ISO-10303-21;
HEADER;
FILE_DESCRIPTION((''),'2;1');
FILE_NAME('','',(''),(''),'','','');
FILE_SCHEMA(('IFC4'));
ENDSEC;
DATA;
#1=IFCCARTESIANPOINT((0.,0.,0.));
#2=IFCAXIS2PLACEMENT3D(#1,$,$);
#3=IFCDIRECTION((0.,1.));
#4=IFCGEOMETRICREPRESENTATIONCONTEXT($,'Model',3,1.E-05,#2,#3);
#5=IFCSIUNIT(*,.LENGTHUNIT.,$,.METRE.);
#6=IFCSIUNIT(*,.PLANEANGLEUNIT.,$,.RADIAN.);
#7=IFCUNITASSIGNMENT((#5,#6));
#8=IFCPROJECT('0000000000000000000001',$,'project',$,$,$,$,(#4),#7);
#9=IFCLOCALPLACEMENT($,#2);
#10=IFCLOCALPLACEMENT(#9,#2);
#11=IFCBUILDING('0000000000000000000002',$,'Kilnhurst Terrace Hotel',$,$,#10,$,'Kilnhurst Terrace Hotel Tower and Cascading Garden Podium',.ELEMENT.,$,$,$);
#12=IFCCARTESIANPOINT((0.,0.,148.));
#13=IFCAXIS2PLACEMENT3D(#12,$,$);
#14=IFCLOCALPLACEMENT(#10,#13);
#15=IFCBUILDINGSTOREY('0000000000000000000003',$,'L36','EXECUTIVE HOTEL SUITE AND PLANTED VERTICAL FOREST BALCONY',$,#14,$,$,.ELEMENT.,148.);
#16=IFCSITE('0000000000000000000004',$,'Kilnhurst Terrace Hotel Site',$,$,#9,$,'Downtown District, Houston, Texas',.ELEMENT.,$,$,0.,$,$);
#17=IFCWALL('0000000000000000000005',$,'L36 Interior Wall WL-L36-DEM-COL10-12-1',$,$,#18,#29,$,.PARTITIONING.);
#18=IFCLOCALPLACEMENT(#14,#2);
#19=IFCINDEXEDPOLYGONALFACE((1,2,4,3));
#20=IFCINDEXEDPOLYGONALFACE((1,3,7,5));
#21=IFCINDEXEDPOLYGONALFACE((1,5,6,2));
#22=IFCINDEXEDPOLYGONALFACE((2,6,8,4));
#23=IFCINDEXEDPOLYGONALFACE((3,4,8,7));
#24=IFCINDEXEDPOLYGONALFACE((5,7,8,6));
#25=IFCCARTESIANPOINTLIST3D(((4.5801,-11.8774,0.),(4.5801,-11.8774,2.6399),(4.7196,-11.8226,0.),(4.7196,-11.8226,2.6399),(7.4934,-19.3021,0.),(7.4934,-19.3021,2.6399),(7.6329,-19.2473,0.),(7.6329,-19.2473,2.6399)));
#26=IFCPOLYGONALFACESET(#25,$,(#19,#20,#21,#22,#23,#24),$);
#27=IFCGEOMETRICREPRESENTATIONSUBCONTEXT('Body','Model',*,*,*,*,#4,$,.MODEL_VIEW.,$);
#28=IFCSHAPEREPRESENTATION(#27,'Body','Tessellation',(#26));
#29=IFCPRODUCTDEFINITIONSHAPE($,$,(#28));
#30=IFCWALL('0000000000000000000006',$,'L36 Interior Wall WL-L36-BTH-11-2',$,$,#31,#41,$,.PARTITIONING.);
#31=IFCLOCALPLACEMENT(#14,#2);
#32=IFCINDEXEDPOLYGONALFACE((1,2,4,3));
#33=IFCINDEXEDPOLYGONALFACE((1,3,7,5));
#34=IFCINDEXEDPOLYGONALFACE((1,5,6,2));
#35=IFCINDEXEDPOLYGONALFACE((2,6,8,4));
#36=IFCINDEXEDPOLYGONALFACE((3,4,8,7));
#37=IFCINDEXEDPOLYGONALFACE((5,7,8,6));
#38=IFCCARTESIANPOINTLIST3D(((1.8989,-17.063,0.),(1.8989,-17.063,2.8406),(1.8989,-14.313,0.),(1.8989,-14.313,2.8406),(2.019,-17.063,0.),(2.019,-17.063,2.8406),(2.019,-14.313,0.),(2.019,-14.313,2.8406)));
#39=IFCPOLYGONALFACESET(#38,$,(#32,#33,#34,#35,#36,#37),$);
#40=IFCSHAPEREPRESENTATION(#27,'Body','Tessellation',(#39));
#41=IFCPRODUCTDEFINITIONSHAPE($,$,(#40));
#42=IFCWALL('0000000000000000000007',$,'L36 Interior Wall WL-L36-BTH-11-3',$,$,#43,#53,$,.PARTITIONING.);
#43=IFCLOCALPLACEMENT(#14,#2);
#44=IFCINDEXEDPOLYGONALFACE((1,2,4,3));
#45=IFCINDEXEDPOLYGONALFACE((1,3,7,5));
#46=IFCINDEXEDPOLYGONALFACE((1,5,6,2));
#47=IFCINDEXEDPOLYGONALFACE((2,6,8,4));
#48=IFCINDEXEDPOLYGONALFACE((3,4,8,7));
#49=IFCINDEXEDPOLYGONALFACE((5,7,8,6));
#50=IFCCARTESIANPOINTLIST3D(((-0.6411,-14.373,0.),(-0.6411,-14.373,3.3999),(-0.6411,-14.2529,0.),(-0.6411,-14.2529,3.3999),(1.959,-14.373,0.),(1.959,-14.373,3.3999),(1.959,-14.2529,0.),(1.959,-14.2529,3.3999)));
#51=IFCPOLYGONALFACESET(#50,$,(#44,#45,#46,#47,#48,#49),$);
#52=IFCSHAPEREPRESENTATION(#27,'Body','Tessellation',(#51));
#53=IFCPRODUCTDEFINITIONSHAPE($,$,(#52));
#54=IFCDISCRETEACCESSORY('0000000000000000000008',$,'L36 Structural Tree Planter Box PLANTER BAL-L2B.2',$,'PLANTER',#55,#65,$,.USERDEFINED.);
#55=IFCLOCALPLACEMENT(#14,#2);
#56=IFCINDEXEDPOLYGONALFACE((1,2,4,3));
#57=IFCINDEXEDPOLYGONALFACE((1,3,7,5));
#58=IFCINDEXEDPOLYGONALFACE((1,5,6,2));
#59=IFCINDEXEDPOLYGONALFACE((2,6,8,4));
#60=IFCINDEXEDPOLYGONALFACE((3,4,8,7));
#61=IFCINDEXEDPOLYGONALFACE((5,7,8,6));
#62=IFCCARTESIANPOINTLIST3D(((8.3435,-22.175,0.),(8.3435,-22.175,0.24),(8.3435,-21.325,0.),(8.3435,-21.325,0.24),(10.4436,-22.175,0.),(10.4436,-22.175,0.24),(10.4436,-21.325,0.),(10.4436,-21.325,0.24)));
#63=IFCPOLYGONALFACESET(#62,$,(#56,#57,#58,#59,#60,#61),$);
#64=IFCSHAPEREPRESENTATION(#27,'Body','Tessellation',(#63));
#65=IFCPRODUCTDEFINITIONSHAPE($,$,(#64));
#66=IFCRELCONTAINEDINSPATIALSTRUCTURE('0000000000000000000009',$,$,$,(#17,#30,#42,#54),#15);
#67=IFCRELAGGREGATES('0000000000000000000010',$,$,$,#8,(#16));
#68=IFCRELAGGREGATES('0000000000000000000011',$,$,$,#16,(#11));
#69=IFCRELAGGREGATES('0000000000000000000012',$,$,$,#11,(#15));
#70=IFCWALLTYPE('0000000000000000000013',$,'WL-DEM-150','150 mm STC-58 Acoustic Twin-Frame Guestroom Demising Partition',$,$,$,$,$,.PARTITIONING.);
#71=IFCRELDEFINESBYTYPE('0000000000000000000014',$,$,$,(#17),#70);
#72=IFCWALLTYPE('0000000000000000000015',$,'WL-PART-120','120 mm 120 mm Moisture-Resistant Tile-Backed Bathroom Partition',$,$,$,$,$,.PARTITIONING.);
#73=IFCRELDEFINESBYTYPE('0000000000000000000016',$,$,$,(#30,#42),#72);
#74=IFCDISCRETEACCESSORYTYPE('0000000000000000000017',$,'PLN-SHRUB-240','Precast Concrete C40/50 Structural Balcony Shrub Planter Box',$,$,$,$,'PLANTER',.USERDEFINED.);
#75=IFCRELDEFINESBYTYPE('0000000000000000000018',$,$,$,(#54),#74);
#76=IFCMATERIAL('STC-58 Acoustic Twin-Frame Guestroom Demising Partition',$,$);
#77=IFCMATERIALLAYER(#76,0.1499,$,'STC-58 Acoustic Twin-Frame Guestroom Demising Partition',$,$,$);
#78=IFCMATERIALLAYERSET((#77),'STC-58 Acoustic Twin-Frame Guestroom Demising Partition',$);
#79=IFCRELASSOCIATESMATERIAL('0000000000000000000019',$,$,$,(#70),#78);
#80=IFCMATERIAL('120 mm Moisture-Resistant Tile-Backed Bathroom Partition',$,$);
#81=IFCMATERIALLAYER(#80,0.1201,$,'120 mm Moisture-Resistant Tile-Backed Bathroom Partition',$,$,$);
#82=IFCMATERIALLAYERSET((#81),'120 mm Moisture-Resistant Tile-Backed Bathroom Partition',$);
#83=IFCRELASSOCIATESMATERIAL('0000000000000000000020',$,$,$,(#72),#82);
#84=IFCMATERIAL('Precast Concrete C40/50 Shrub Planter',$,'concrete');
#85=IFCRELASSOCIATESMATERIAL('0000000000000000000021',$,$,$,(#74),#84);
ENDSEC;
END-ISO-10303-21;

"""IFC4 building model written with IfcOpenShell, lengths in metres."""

from ifc_helpers import new_model, si_unit, direction, frame, frame_2d, origin, origin_2d, place, context, subcontext, project, spatial, rectangle, extrude, material, layer, layer_set, type_object, element, save


model = new_model("IFC4")

# Units and contexts
model_context = context("Model", 3, precision=1e-05, world=origin(), true_north=direction((0.0, 1.0)))
body_context = subcontext(model_context, "Body", "Model", "MODEL_VIEW")
ifc_project = project(units=[si_unit("LENGTHUNIT", "METRE"), si_unit("PLANEANGLEUNIT", "RADIAN")], contexts=[model_context])

# Site, building, storey
site_placement = place(None, origin())
site = spatial("IfcSite", under=ifc_project, at=site_placement, Name="Kilnhurst Terrace Hotel Site", LongName="Downtown District, Houston, Texas", CompositionType="ELEMENT", RefElevation=0.0)
building_placement = place(site_placement, origin())
building = spatial("IfcBuilding", under=site, at=building_placement, Name="Kilnhurst Terrace Hotel", LongName="Kilnhurst Terrace Hotel Tower and Cascading Garden Podium", CompositionType="ELEMENT")
storey_placement = place(building_placement, frame((0.0, 0.0, 148.0)))
storey = spatial("IfcBuildingStorey", under=building, at=storey_placement, Name="L36", Description="EXECUTIVE HOTEL SUITE AND PLANTED VERTICAL FOREST BALCONY", CompositionType="ELEMENT", Elevation=148.0)

# Walls
ifc_material_1 = material(Name="STC-58 Acoustic Twin-Frame Guestroom Demising Partition")
ifc_layer_1 = layer(ifc_material_1, 0.1499, Name="STC-58 Acoustic Twin-Frame Guestroom Demising Partition")
ifc_layer_set_1 = layer_set([ifc_layer_1], Name="STC-58 Acoustic Twin-Frame Guestroom Demising Partition")
wall_type_1 = type_object("IfcWallType", Name="WL-DEM-150", Description="150 mm STC-58 Acoustic Twin-Frame Guestroom Demising Partition", PredefinedType="PARTITIONING", material=ifc_layer_set_1)
wall_1_placement = place(storey_placement, frame((4.6499, -11.8501, 0.0), z_axis=(0.0, 0.0, 1.0), x_axis=(0.365266, -0.930903, 0.0)))
element("IfcWall", 1, at=wall_1_placement, inside=storey, type_object=wall_type_1, Name="L36 Interior Wall WL-L36-DEM-COL10-12-1", PredefinedType="PARTITIONING", context=body_context, shape_type="SweptSolid", body=[
    extrude(rectangle(XDim=7.9758, YDim=0.1499, at=frame_2d((3.9878, 0.0))), origin(), (0.0, 0.0, 1.0), 2.6399),
])
ifc_material_2 = material(Name="120 mm Moisture-Resistant Tile-Backed Bathroom Partition")
ifc_layer_2 = layer(ifc_material_2, 0.1201, Name="120 mm Moisture-Resistant Tile-Backed Bathroom Partition")
ifc_layer_set_2 = layer_set([ifc_layer_2], Name="120 mm Moisture-Resistant Tile-Backed Bathroom Partition")
wall_type_2 = type_object("IfcWallType", Name="WL-PART-120", Description="120 mm 120 mm Moisture-Resistant Tile-Backed Bathroom Partition", PredefinedType="PARTITIONING", material=ifc_layer_set_2)
wall_2_placement = place(storey_placement, frame((1.959, -17.063, 0.0), z_axis=(0.0, 0.0, 1.0), x_axis=(0.0, 1.0, 0.0)))
element("IfcWall", 2, at=wall_2_placement, inside=storey, type_object=wall_type_2, Name="L36 Interior Wall WL-L36-BTH-11-2", PredefinedType="PARTITIONING", context=body_context, shape_type="SweptSolid", body=[
    extrude(rectangle(XDim=2.75, YDim=0.1201, at=frame_2d((1.375, 0.0))), origin(), (0.0, 0.0, 1.0), 2.8406),
])
wall_3_placement = place(storey_placement, frame((1.959, -14.313, 0.0), z_axis=(0.0, 0.0, 1.0), x_axis=(-1.0, 0.0, 0.0)))
element("IfcWall", 3, at=wall_3_placement, inside=storey, type_object=wall_type_2, Name="L36 Interior Wall WL-L36-BTH-11-3", PredefinedType="PARTITIONING", context=body_context, shape_type="SweptSolid", body=[
    extrude(rectangle(XDim=2.6001, YDim=0.1201, at=frame_2d((1.3, 0.0))), origin(), (0.0, 0.0, 1.0), 3.3999),
])

# Discrete accessory
ifc_material_3 = material(Name="Precast Concrete C40/50 Shrub Planter", Category="concrete")
discrete_accessory_type = type_object("IfcDiscreteAccessoryType", Name="PLN-SHRUB-240", Description="Precast Concrete C40/50 Structural Balcony Shrub Planter Box", ElementType="PLANTER", PredefinedType="USERDEFINED", material=ifc_material_3)
discrete_accessory_placement = place(storey_placement, frame((9.3936, -21.75, 0.0), z_axis=(0.0, 0.0, 1.0), x_axis=(1.0, 0.0, 0.0)))
element("IfcDiscreteAccessory", 4, at=discrete_accessory_placement, inside=storey, type_object=discrete_accessory_type, Name="L36 Structural Tree Planter Box PLANTER BAL-L2B.2", ObjectType="PLANTER", PredefinedType="USERDEFINED", context=body_context, shape_type="SweptSolid", body=[
    extrude(rectangle(XDim=2.1001, YDim=0.8501, at=origin_2d()), origin(), (0.0, 0.0, 1.0), 0.24),
])

save(model, "model.ifc")
